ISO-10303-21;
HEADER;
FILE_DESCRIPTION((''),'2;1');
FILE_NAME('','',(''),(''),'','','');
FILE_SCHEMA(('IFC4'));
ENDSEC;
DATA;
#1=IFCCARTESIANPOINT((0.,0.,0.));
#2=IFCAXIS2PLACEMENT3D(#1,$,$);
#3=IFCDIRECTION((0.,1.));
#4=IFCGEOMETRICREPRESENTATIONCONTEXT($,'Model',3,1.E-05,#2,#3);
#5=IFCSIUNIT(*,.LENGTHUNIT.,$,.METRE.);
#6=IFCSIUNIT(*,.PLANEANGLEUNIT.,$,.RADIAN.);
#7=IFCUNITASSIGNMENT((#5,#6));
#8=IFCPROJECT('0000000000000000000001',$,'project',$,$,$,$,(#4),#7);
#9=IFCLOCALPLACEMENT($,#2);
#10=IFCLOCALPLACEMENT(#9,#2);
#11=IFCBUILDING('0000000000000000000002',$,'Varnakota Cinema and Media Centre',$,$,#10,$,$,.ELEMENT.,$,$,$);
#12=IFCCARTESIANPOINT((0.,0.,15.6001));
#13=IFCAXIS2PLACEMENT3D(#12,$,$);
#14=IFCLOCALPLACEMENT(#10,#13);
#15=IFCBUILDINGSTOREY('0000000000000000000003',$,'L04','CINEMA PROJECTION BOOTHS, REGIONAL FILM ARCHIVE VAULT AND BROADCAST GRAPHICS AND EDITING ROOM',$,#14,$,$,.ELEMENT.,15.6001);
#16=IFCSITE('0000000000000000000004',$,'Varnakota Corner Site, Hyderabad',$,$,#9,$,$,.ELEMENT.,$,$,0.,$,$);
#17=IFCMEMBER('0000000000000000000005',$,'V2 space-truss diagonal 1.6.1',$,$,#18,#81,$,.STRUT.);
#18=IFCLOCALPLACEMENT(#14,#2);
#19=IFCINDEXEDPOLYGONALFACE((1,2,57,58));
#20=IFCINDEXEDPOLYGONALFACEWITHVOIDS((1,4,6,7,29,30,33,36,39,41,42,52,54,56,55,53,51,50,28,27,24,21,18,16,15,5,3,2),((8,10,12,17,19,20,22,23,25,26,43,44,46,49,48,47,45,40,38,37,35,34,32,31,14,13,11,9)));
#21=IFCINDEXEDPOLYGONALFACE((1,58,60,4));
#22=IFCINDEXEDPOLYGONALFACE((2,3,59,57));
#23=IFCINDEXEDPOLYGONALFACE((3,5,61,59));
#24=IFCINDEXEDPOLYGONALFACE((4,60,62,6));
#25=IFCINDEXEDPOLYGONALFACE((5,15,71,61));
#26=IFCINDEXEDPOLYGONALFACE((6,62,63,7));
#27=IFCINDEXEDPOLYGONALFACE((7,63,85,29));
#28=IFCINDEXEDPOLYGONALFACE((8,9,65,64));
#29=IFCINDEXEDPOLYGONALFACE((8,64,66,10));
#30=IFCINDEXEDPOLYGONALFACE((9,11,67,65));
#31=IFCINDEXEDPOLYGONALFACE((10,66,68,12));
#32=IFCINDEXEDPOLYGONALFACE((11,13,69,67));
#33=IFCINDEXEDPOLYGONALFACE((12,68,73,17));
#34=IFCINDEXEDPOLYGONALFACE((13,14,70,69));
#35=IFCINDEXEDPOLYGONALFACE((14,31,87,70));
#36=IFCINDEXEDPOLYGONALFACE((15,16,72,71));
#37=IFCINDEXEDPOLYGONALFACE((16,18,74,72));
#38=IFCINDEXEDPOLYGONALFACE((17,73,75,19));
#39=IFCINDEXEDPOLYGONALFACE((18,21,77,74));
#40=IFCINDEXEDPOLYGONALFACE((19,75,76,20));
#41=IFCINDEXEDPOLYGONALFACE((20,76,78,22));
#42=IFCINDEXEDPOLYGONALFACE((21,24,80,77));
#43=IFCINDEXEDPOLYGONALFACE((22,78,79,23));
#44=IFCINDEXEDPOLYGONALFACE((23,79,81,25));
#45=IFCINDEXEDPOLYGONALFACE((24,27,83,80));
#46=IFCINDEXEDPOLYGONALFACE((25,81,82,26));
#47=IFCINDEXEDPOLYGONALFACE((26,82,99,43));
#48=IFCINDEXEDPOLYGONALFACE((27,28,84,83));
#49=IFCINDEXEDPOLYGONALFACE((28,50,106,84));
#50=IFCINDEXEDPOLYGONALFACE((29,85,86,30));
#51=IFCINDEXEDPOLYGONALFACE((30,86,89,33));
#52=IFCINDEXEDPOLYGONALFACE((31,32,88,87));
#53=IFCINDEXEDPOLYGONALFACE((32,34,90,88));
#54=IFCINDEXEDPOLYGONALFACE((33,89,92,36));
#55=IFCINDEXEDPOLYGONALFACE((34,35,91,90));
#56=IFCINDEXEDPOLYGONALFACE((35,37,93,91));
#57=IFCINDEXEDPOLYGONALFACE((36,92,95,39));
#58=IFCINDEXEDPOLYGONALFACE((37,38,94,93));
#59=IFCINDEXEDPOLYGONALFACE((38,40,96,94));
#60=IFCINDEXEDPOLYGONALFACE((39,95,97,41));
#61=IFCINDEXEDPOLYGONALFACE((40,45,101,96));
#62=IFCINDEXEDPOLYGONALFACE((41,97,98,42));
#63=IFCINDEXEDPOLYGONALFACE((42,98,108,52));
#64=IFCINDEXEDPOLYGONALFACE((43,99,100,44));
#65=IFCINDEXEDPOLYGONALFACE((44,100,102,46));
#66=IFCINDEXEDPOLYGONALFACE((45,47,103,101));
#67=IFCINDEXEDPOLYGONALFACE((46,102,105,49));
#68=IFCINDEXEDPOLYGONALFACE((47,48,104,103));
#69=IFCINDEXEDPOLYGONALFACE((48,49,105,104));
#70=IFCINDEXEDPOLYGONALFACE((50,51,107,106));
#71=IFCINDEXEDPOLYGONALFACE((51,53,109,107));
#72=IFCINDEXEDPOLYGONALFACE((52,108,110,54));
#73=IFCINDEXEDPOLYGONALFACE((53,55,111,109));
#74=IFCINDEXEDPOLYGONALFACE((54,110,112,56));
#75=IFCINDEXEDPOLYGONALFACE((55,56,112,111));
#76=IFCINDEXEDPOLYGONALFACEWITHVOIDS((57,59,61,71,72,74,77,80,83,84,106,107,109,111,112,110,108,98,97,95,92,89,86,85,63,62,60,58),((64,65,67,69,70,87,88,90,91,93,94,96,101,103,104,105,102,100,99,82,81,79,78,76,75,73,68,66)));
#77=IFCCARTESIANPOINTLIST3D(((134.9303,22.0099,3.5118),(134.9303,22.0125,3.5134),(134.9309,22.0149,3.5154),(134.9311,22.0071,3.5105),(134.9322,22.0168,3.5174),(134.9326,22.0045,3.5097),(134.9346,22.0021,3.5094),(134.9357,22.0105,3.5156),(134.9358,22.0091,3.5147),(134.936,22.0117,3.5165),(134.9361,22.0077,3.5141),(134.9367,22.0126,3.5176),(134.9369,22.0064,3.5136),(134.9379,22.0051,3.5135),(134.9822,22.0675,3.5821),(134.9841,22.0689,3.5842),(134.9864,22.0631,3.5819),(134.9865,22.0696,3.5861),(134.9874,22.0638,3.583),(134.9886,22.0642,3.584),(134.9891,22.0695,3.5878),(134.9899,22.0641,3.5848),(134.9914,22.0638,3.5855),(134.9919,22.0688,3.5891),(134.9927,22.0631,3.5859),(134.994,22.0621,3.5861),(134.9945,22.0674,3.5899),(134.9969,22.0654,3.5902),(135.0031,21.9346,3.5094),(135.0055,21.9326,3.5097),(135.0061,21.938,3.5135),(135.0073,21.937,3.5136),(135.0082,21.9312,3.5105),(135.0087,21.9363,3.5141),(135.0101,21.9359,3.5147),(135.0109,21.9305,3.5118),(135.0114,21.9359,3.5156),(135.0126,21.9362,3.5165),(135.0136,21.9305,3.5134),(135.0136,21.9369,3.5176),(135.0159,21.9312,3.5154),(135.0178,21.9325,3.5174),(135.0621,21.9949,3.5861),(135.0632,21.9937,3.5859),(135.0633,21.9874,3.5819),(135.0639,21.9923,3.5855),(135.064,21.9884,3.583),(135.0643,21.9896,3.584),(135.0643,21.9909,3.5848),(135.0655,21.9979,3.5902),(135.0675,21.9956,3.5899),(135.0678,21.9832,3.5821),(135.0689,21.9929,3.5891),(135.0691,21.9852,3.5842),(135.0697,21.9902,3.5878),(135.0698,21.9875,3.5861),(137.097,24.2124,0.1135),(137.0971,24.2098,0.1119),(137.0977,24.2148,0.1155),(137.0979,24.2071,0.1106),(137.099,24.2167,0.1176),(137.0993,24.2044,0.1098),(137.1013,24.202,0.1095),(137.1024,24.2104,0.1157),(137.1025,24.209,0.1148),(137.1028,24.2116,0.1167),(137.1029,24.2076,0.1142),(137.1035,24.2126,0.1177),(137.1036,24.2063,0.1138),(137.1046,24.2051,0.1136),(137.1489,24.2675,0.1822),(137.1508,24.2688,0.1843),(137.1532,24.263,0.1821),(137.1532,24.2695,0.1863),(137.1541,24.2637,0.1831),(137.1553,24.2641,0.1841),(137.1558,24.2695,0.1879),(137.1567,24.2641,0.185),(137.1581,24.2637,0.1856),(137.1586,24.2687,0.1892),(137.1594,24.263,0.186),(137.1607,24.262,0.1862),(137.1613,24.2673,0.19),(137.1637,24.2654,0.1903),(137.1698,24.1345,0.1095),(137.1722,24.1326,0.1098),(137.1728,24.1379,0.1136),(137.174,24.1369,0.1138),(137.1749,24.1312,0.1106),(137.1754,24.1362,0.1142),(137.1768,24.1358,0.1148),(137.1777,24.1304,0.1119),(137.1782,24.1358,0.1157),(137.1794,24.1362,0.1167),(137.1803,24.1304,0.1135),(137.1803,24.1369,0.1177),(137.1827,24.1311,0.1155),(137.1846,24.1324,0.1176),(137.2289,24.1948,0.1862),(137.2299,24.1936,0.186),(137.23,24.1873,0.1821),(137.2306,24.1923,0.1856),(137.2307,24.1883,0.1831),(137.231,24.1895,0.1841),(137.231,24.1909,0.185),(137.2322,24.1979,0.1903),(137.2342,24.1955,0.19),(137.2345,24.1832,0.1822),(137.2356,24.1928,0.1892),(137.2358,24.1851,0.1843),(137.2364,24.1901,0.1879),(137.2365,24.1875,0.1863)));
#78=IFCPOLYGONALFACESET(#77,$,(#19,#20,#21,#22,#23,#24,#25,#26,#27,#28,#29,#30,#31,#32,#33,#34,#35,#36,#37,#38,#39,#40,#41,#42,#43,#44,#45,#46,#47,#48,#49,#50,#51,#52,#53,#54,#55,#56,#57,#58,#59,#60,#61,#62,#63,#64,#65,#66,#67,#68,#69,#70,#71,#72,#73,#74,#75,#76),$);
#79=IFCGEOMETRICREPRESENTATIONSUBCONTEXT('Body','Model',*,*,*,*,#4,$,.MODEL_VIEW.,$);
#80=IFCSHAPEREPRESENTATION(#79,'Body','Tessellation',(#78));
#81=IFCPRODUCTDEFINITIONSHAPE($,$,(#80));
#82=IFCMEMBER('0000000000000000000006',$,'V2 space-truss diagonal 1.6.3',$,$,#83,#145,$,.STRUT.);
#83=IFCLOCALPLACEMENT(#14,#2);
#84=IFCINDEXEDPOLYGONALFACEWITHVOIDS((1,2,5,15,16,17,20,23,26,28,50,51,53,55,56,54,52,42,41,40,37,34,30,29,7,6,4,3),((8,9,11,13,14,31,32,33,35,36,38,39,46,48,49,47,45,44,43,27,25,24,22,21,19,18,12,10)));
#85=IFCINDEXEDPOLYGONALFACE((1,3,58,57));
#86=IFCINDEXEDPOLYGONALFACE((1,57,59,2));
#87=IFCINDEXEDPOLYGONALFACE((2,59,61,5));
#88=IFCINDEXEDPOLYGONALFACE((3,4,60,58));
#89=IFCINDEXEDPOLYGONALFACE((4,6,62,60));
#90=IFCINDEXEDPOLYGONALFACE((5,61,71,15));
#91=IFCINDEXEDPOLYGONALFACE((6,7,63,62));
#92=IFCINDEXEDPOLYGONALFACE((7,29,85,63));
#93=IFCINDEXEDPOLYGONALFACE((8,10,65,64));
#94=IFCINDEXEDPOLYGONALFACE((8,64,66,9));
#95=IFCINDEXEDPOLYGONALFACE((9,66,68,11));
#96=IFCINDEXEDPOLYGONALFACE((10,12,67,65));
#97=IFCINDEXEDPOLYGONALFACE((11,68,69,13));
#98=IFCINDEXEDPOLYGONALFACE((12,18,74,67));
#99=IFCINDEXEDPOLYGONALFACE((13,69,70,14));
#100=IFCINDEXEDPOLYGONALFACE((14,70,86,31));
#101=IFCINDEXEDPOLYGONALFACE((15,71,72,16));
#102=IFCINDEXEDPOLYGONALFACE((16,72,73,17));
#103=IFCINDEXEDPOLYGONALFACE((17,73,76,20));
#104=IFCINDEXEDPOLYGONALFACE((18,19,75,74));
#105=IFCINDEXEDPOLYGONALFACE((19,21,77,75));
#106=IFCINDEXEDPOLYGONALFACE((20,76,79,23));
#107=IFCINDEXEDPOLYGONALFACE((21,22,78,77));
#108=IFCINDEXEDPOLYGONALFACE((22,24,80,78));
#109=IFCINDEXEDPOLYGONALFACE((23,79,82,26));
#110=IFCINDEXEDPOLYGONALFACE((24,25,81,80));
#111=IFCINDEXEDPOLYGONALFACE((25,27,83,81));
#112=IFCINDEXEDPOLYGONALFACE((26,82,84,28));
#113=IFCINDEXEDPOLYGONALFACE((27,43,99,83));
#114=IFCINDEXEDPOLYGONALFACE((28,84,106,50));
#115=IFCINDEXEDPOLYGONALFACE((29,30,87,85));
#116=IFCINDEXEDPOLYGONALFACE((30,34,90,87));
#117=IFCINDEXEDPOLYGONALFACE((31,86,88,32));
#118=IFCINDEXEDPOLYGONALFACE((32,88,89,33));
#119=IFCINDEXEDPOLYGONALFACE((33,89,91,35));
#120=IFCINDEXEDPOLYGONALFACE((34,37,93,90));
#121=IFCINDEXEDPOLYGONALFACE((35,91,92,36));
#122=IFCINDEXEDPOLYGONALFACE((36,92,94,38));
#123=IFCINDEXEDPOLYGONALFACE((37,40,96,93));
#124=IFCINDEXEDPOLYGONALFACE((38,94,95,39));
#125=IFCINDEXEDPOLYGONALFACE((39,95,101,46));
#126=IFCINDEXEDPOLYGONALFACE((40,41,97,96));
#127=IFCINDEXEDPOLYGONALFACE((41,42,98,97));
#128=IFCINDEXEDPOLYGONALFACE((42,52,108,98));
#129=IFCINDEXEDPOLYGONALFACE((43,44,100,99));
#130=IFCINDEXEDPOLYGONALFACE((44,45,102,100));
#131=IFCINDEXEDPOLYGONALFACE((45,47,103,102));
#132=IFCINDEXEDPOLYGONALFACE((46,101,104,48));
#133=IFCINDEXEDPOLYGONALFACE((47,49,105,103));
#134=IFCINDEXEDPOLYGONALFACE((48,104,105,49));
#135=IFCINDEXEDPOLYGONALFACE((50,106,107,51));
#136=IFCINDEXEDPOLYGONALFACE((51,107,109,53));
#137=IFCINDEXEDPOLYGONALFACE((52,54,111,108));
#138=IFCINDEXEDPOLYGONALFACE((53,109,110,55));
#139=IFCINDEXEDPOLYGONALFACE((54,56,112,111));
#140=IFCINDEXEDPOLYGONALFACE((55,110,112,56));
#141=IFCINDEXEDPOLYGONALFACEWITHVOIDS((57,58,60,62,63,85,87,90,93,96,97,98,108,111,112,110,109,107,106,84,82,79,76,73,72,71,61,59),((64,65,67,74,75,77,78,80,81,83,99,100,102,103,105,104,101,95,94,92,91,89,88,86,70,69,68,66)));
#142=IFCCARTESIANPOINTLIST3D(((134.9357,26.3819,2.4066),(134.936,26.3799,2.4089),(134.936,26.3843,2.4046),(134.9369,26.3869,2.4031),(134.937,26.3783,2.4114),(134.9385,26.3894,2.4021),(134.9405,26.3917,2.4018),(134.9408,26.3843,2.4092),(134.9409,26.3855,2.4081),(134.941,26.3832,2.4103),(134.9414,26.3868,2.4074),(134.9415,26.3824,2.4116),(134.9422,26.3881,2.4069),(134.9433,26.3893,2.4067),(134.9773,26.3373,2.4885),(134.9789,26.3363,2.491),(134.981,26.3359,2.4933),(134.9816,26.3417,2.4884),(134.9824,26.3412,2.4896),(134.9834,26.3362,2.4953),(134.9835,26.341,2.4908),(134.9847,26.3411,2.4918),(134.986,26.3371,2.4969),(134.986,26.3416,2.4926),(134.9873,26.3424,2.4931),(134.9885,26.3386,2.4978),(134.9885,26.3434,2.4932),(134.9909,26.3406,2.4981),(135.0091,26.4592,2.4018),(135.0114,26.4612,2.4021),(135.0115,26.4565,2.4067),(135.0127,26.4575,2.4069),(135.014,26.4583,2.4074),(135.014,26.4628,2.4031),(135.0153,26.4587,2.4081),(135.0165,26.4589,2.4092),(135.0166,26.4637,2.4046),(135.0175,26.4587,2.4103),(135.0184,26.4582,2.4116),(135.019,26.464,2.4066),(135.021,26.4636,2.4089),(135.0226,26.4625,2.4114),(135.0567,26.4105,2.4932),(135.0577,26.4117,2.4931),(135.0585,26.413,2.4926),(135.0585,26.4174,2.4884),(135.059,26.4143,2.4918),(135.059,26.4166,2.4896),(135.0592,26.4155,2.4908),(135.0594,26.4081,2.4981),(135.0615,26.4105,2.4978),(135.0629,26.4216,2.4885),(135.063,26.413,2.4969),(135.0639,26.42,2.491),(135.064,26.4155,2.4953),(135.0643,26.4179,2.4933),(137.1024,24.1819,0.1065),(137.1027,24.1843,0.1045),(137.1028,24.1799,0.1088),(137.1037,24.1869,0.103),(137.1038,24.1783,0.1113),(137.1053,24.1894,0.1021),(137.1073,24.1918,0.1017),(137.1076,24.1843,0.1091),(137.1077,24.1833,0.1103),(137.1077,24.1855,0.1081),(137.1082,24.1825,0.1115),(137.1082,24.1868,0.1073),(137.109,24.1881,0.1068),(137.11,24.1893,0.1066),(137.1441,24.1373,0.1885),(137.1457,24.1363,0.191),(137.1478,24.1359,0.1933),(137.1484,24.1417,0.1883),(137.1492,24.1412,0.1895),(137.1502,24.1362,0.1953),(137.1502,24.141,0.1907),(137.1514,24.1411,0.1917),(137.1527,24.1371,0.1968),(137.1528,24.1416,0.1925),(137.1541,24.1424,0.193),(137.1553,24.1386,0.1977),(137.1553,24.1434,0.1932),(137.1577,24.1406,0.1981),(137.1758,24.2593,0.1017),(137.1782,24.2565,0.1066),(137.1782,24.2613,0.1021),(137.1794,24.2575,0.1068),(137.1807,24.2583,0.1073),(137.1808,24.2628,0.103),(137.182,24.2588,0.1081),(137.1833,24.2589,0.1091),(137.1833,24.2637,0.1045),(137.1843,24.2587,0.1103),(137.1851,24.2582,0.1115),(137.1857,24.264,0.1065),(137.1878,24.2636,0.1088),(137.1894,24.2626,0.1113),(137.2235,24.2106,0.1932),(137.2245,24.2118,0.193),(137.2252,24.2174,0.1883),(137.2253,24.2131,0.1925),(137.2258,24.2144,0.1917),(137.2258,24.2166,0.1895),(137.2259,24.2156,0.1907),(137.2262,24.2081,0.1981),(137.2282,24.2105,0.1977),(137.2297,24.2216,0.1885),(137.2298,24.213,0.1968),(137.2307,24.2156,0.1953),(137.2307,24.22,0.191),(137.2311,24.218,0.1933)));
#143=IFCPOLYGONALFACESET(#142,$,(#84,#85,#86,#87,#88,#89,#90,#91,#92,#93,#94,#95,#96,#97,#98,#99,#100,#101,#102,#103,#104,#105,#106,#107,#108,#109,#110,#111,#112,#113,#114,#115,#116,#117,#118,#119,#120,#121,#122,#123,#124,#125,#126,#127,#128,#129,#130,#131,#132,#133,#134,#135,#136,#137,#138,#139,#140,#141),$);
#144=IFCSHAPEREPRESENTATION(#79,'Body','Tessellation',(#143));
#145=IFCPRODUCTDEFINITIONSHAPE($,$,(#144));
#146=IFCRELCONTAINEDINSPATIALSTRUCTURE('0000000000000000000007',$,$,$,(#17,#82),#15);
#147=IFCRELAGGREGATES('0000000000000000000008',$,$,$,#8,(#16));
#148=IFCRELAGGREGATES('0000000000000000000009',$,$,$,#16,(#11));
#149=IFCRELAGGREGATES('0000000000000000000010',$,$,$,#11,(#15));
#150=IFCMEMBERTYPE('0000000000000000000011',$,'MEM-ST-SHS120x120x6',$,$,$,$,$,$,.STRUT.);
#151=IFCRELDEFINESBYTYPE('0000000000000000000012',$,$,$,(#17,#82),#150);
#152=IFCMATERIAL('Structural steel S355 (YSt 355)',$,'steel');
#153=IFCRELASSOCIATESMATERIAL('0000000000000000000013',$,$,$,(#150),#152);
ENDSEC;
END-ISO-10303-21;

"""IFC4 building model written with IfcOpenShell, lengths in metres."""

from ifc_helpers import new_model, si_unit, direction, frame, origin, origin_2d, place, context, subcontext, project, spatial, hollow_rectangle, extrude, material, material_profile, profile_set, type_object, element, save


model = new_model("IFC4")

# Units and contexts
model_context = context("Model", 3, precision=1e-05, world=origin(), true_north=direction((0.0, 1.0)))
body_context = subcontext(model_context, "Body", "Model", "MODEL_VIEW")
ifc_project = project(units=[si_unit("LENGTHUNIT", "METRE"), si_unit("PLANEANGLEUNIT", "RADIAN")], contexts=[model_context])

# Site, building, storey
site_placement = place(None, origin())
site = spatial("IfcSite", under=ifc_project, at=site_placement, Name="Varnakota Corner Site, Hyderabad", CompositionType="ELEMENT", RefElevation=0.0)
building_placement = place(site_placement, origin())
building = spatial("IfcBuilding", under=site, at=building_placement, Name="Varnakota Cinema and Media Centre", CompositionType="ELEMENT")
storey_placement = place(building_placement, frame((0.0, 0.0, 15.6001)))
storey = spatial("IfcBuildingStorey", under=building, at=storey_placement, Name="L04", Description="CINEMA PROJECTION BOOTHS, REGIONAL FILM ARCHIVE VAULT AND BROADCAST GRAPHICS AND EDITING ROOM", CompositionType="ELEMENT", Elevation=15.6001)

# Members
ifc_material_1 = material(Name="Structural steel S355 (YSt 355)", Category="steel")
ifc_material_profile_1 = material_profile(ifc_material_1, hollow_rectangle(XDim=0.1201, YDim=0.1201, WallThickness=0.0061, InnerFilletRadius=0.0061, OuterFilletRadius=0.012, at=origin_2d()), Name="SHS 120x120x6")
ifc_profile_set_1 = profile_set([ifc_material_profile_1], Name="Structural steel S355 (YSt 355)")
member_type_1 = type_object("IfcMemberType", Name="MEM-ST-SHS120x120x6", PredefinedType="STRUT", material=ifc_profile_set_1)
member_1_placement = place(storey_placement, frame((137.1667, 24.2, 0.1499), z_axis=(-0.471769, -0.478999, 0.740266), x_axis=(0.712463, -0.70171, 0.0)))
element("IfcMember", 1, at=member_1_placement, inside=storey, type_object=member_type_1, Name="V2 space-truss diagonal 1.6.1", PredefinedType="STRUT", context=body_context, shape_type="SweptSolid", body=[
    extrude(hollow_rectangle(XDim=0.1201, YDim=0.1201, WallThickness=0.0061, InnerFilletRadius=0.0061, OuterFilletRadius=0.012, at=origin_2d()), origin(), (0.0, 0.0, 1.0), 4.5928),
])
member_2_placement = place(storey_placement, frame((137.1667, 24.2, 0.1499), z_axis=(-0.562748, 0.571371, 0.597369), x_axis=(-0.712463, -0.70171, 0.0)))
element("IfcMember", 2, at=member_2_placement, inside=storey, type_object=member_type_1, Name="V2 space-truss diagonal 1.6.3", PredefinedType="STRUT", context=body_context, shape_type="SweptSolid", body=[
    extrude(hollow_rectangle(XDim=0.1201, YDim=0.1201, WallThickness=0.0061, InnerFilletRadius=0.0061, OuterFilletRadius=0.012, at=origin_2d()), origin(), (0.0, 0.0, 1.0), 3.8503),
])

save(model, "model.ifc")
